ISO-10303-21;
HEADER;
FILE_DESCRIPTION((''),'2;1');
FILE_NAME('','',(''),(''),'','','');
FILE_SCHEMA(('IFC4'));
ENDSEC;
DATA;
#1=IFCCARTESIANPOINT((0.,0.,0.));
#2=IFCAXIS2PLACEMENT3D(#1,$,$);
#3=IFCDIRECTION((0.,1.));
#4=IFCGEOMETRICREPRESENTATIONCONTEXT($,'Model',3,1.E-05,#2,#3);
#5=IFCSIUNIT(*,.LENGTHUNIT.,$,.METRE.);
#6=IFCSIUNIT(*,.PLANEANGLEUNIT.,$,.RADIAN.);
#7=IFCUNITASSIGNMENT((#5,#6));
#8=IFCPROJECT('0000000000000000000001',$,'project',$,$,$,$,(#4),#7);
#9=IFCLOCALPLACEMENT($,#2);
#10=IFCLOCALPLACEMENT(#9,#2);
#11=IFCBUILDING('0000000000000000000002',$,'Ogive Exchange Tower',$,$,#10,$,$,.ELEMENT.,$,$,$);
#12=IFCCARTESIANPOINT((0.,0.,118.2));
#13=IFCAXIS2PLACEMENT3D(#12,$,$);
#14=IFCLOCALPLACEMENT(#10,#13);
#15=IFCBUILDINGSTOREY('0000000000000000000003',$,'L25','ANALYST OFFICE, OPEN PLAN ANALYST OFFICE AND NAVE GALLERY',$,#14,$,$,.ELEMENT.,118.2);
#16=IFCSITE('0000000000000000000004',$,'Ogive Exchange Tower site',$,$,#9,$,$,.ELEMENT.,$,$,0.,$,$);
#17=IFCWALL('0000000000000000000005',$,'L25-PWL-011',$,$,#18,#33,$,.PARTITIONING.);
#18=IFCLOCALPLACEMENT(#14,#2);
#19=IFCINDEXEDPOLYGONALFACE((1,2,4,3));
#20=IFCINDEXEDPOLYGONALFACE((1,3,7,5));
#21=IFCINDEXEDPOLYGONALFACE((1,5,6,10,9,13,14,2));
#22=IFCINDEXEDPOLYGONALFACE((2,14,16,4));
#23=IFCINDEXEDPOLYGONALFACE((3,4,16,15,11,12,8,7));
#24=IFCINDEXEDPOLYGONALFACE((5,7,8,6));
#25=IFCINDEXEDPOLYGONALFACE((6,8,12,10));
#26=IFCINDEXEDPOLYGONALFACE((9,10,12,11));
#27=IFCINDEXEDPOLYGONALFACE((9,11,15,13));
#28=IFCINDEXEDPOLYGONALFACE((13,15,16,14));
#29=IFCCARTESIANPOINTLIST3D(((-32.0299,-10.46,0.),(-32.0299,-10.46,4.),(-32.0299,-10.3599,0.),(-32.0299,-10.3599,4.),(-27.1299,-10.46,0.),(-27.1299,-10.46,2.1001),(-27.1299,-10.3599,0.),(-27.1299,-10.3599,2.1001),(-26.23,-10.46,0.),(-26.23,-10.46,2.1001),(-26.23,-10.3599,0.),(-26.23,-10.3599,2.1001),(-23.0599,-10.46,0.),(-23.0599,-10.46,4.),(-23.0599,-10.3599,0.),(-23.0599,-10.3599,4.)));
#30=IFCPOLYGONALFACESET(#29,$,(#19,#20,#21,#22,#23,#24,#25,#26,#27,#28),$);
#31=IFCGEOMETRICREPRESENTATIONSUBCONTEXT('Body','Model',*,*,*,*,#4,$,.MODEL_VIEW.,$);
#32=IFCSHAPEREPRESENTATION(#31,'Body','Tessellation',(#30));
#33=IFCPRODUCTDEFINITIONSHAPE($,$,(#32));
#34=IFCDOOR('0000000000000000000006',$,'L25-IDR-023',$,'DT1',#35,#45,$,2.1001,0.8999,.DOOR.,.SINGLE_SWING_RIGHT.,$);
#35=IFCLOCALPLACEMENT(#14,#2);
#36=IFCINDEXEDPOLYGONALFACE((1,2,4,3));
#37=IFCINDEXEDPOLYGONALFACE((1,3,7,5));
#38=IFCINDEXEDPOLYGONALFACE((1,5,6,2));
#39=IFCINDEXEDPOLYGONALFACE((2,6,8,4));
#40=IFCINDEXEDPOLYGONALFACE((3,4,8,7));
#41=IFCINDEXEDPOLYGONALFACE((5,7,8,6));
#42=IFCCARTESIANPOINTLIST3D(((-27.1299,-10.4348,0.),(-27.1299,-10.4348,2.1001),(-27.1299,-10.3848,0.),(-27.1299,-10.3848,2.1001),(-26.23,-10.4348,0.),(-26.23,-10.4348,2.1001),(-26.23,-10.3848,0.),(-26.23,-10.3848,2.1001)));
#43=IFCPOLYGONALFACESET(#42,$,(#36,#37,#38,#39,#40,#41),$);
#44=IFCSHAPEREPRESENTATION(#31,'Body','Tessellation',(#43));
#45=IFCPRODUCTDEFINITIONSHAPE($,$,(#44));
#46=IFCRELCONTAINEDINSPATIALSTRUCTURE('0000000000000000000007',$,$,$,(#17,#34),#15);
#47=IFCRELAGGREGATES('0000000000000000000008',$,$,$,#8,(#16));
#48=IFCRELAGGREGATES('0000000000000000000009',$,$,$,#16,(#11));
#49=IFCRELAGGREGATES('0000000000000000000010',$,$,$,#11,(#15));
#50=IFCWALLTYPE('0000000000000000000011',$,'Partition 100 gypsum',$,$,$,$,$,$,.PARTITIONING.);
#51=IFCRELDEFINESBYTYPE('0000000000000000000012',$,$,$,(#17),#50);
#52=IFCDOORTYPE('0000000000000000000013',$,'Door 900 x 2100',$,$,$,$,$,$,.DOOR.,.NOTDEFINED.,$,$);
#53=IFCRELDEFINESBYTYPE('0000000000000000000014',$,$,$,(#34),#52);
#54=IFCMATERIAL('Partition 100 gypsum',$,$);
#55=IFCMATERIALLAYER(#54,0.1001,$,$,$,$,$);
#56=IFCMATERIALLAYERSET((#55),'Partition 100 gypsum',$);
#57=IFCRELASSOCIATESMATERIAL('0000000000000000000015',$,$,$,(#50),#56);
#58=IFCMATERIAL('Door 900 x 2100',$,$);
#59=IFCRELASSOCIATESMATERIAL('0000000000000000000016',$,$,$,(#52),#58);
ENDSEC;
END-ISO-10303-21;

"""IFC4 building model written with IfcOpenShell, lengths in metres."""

from ifc_helpers import new_model, si_unit, direction, frame, frame_2d, origin, place, context, subcontext, project, spatial, rectangle, extrude, material, layer, layer_set, type_object, element, fill, save


model = new_model("IFC4")

# Units and contexts
model_context = context("Model", 3, precision=1e-05, world=origin(), true_north=direction((0.0, 1.0)))
body_context = subcontext(model_context, "Body", "Model", "MODEL_VIEW")
ifc_project = project(units=[si_unit("LENGTHUNIT", "METRE"), si_unit("PLANEANGLEUNIT", "RADIAN")], contexts=[model_context])

# Site, building, storey
site_placement = place(None, origin())
site = spatial("IfcSite", under=ifc_project, at=site_placement, Name="Ogive Exchange Tower site", CompositionType="ELEMENT", RefElevation=0.0)
building_placement = place(site_placement, origin())
building = spatial("IfcBuilding", under=site, at=building_placement, Name="Ogive Exchange Tower", CompositionType="ELEMENT")
storey_placement = place(building_placement, frame((0.0, 0.0, 118.2)))
storey = spatial("IfcBuildingStorey", under=building, at=storey_placement, Name="L25", Description="ANALYST OFFICE, OPEN PLAN ANALYST OFFICE AND NAVE GALLERY", CompositionType="ELEMENT", Elevation=118.2)

# Shared definitions
ifc_material_1 = material(Name="Partition 100 gypsum")
ifc_layer_1 = layer(ifc_material_1, 0.1001)
ifc_layer_set_1 = layer_set([ifc_layer_1], Name="Partition 100 gypsum")
wall_type_1 = type_object("IfcWallType", Name="Partition 100 gypsum", PredefinedType="PARTITIONING", material=ifc_layer_set_1)

# Wall, opening, door
wall_1_placement = place(storey_placement, frame((-23.0601, -10.4099, 0.0), z_axis=(0.0, 0.0, 1.0), x_axis=(-1.0, 0.0, 0.0)))
wall_1 = element("IfcWall", 1, at=wall_1_placement, inside=storey, type_object=wall_type_1, Name="L25-PWL-011", PredefinedType="PARTITIONING", context=body_context, shape_type="SweptSolid", body=[
    extrude(rectangle(XDim=8.97, YDim=0.1001, at=frame_2d((4.4849, 0.0))), origin(), (0.0, 0.0, 1.0), 4.0),
])
opening_1_placement = place(wall_1_placement, frame((3.1699, 0.0, 0.0)))
opening_1 = element("IfcOpeningElement", 2, at=opening_1_placement, cuts=wall_1, PredefinedType="OPENING", context=body_context, shape_type="SweptSolid", body=[
    extrude(rectangle(XDim=0.8999, YDim=2.1001, at=frame_2d((0.45, 1.05))), frame((0.0, 0.0601, 0.0), z_axis=(0.0, -1.0, 0.0), x_axis=(1.0, 0.0, 0.0)), (0.0, 0.0, 1.0), 0.1201),
])
ifc_material_2 = material(Name="Door 900 x 2100")
door_type_1 = type_object("IfcDoorType", Name="Door 900 x 2100", OperationType="NOTDEFINED", PredefinedType="DOOR", material=ifc_material_2)
door_1_placement = place(opening_1_placement, origin())
door_1 = element("IfcDoor", 3, at=door_1_placement, inside=storey, type_object=door_type_1, Name="L25-IDR-023", ObjectType="DT1", OperationType="SINGLE_SWING_RIGHT", OverallHeight=2.1001, OverallWidth=0.8999, PredefinedType="DOOR", context=body_context, shape_type="SweptSolid", body=[
    extrude(rectangle(XDim=0.8999, YDim=2.1001, at=frame_2d((0.45, 1.05))), frame((0.0, 0.0249, 0.0), z_axis=(0.0, -1.0, 0.0), x_axis=(1.0, 0.0, 0.0)), (0.0, 0.0, 1.0), 0.05),
])
fill(opening_1, door_1)

save(model, "model.ifc")
